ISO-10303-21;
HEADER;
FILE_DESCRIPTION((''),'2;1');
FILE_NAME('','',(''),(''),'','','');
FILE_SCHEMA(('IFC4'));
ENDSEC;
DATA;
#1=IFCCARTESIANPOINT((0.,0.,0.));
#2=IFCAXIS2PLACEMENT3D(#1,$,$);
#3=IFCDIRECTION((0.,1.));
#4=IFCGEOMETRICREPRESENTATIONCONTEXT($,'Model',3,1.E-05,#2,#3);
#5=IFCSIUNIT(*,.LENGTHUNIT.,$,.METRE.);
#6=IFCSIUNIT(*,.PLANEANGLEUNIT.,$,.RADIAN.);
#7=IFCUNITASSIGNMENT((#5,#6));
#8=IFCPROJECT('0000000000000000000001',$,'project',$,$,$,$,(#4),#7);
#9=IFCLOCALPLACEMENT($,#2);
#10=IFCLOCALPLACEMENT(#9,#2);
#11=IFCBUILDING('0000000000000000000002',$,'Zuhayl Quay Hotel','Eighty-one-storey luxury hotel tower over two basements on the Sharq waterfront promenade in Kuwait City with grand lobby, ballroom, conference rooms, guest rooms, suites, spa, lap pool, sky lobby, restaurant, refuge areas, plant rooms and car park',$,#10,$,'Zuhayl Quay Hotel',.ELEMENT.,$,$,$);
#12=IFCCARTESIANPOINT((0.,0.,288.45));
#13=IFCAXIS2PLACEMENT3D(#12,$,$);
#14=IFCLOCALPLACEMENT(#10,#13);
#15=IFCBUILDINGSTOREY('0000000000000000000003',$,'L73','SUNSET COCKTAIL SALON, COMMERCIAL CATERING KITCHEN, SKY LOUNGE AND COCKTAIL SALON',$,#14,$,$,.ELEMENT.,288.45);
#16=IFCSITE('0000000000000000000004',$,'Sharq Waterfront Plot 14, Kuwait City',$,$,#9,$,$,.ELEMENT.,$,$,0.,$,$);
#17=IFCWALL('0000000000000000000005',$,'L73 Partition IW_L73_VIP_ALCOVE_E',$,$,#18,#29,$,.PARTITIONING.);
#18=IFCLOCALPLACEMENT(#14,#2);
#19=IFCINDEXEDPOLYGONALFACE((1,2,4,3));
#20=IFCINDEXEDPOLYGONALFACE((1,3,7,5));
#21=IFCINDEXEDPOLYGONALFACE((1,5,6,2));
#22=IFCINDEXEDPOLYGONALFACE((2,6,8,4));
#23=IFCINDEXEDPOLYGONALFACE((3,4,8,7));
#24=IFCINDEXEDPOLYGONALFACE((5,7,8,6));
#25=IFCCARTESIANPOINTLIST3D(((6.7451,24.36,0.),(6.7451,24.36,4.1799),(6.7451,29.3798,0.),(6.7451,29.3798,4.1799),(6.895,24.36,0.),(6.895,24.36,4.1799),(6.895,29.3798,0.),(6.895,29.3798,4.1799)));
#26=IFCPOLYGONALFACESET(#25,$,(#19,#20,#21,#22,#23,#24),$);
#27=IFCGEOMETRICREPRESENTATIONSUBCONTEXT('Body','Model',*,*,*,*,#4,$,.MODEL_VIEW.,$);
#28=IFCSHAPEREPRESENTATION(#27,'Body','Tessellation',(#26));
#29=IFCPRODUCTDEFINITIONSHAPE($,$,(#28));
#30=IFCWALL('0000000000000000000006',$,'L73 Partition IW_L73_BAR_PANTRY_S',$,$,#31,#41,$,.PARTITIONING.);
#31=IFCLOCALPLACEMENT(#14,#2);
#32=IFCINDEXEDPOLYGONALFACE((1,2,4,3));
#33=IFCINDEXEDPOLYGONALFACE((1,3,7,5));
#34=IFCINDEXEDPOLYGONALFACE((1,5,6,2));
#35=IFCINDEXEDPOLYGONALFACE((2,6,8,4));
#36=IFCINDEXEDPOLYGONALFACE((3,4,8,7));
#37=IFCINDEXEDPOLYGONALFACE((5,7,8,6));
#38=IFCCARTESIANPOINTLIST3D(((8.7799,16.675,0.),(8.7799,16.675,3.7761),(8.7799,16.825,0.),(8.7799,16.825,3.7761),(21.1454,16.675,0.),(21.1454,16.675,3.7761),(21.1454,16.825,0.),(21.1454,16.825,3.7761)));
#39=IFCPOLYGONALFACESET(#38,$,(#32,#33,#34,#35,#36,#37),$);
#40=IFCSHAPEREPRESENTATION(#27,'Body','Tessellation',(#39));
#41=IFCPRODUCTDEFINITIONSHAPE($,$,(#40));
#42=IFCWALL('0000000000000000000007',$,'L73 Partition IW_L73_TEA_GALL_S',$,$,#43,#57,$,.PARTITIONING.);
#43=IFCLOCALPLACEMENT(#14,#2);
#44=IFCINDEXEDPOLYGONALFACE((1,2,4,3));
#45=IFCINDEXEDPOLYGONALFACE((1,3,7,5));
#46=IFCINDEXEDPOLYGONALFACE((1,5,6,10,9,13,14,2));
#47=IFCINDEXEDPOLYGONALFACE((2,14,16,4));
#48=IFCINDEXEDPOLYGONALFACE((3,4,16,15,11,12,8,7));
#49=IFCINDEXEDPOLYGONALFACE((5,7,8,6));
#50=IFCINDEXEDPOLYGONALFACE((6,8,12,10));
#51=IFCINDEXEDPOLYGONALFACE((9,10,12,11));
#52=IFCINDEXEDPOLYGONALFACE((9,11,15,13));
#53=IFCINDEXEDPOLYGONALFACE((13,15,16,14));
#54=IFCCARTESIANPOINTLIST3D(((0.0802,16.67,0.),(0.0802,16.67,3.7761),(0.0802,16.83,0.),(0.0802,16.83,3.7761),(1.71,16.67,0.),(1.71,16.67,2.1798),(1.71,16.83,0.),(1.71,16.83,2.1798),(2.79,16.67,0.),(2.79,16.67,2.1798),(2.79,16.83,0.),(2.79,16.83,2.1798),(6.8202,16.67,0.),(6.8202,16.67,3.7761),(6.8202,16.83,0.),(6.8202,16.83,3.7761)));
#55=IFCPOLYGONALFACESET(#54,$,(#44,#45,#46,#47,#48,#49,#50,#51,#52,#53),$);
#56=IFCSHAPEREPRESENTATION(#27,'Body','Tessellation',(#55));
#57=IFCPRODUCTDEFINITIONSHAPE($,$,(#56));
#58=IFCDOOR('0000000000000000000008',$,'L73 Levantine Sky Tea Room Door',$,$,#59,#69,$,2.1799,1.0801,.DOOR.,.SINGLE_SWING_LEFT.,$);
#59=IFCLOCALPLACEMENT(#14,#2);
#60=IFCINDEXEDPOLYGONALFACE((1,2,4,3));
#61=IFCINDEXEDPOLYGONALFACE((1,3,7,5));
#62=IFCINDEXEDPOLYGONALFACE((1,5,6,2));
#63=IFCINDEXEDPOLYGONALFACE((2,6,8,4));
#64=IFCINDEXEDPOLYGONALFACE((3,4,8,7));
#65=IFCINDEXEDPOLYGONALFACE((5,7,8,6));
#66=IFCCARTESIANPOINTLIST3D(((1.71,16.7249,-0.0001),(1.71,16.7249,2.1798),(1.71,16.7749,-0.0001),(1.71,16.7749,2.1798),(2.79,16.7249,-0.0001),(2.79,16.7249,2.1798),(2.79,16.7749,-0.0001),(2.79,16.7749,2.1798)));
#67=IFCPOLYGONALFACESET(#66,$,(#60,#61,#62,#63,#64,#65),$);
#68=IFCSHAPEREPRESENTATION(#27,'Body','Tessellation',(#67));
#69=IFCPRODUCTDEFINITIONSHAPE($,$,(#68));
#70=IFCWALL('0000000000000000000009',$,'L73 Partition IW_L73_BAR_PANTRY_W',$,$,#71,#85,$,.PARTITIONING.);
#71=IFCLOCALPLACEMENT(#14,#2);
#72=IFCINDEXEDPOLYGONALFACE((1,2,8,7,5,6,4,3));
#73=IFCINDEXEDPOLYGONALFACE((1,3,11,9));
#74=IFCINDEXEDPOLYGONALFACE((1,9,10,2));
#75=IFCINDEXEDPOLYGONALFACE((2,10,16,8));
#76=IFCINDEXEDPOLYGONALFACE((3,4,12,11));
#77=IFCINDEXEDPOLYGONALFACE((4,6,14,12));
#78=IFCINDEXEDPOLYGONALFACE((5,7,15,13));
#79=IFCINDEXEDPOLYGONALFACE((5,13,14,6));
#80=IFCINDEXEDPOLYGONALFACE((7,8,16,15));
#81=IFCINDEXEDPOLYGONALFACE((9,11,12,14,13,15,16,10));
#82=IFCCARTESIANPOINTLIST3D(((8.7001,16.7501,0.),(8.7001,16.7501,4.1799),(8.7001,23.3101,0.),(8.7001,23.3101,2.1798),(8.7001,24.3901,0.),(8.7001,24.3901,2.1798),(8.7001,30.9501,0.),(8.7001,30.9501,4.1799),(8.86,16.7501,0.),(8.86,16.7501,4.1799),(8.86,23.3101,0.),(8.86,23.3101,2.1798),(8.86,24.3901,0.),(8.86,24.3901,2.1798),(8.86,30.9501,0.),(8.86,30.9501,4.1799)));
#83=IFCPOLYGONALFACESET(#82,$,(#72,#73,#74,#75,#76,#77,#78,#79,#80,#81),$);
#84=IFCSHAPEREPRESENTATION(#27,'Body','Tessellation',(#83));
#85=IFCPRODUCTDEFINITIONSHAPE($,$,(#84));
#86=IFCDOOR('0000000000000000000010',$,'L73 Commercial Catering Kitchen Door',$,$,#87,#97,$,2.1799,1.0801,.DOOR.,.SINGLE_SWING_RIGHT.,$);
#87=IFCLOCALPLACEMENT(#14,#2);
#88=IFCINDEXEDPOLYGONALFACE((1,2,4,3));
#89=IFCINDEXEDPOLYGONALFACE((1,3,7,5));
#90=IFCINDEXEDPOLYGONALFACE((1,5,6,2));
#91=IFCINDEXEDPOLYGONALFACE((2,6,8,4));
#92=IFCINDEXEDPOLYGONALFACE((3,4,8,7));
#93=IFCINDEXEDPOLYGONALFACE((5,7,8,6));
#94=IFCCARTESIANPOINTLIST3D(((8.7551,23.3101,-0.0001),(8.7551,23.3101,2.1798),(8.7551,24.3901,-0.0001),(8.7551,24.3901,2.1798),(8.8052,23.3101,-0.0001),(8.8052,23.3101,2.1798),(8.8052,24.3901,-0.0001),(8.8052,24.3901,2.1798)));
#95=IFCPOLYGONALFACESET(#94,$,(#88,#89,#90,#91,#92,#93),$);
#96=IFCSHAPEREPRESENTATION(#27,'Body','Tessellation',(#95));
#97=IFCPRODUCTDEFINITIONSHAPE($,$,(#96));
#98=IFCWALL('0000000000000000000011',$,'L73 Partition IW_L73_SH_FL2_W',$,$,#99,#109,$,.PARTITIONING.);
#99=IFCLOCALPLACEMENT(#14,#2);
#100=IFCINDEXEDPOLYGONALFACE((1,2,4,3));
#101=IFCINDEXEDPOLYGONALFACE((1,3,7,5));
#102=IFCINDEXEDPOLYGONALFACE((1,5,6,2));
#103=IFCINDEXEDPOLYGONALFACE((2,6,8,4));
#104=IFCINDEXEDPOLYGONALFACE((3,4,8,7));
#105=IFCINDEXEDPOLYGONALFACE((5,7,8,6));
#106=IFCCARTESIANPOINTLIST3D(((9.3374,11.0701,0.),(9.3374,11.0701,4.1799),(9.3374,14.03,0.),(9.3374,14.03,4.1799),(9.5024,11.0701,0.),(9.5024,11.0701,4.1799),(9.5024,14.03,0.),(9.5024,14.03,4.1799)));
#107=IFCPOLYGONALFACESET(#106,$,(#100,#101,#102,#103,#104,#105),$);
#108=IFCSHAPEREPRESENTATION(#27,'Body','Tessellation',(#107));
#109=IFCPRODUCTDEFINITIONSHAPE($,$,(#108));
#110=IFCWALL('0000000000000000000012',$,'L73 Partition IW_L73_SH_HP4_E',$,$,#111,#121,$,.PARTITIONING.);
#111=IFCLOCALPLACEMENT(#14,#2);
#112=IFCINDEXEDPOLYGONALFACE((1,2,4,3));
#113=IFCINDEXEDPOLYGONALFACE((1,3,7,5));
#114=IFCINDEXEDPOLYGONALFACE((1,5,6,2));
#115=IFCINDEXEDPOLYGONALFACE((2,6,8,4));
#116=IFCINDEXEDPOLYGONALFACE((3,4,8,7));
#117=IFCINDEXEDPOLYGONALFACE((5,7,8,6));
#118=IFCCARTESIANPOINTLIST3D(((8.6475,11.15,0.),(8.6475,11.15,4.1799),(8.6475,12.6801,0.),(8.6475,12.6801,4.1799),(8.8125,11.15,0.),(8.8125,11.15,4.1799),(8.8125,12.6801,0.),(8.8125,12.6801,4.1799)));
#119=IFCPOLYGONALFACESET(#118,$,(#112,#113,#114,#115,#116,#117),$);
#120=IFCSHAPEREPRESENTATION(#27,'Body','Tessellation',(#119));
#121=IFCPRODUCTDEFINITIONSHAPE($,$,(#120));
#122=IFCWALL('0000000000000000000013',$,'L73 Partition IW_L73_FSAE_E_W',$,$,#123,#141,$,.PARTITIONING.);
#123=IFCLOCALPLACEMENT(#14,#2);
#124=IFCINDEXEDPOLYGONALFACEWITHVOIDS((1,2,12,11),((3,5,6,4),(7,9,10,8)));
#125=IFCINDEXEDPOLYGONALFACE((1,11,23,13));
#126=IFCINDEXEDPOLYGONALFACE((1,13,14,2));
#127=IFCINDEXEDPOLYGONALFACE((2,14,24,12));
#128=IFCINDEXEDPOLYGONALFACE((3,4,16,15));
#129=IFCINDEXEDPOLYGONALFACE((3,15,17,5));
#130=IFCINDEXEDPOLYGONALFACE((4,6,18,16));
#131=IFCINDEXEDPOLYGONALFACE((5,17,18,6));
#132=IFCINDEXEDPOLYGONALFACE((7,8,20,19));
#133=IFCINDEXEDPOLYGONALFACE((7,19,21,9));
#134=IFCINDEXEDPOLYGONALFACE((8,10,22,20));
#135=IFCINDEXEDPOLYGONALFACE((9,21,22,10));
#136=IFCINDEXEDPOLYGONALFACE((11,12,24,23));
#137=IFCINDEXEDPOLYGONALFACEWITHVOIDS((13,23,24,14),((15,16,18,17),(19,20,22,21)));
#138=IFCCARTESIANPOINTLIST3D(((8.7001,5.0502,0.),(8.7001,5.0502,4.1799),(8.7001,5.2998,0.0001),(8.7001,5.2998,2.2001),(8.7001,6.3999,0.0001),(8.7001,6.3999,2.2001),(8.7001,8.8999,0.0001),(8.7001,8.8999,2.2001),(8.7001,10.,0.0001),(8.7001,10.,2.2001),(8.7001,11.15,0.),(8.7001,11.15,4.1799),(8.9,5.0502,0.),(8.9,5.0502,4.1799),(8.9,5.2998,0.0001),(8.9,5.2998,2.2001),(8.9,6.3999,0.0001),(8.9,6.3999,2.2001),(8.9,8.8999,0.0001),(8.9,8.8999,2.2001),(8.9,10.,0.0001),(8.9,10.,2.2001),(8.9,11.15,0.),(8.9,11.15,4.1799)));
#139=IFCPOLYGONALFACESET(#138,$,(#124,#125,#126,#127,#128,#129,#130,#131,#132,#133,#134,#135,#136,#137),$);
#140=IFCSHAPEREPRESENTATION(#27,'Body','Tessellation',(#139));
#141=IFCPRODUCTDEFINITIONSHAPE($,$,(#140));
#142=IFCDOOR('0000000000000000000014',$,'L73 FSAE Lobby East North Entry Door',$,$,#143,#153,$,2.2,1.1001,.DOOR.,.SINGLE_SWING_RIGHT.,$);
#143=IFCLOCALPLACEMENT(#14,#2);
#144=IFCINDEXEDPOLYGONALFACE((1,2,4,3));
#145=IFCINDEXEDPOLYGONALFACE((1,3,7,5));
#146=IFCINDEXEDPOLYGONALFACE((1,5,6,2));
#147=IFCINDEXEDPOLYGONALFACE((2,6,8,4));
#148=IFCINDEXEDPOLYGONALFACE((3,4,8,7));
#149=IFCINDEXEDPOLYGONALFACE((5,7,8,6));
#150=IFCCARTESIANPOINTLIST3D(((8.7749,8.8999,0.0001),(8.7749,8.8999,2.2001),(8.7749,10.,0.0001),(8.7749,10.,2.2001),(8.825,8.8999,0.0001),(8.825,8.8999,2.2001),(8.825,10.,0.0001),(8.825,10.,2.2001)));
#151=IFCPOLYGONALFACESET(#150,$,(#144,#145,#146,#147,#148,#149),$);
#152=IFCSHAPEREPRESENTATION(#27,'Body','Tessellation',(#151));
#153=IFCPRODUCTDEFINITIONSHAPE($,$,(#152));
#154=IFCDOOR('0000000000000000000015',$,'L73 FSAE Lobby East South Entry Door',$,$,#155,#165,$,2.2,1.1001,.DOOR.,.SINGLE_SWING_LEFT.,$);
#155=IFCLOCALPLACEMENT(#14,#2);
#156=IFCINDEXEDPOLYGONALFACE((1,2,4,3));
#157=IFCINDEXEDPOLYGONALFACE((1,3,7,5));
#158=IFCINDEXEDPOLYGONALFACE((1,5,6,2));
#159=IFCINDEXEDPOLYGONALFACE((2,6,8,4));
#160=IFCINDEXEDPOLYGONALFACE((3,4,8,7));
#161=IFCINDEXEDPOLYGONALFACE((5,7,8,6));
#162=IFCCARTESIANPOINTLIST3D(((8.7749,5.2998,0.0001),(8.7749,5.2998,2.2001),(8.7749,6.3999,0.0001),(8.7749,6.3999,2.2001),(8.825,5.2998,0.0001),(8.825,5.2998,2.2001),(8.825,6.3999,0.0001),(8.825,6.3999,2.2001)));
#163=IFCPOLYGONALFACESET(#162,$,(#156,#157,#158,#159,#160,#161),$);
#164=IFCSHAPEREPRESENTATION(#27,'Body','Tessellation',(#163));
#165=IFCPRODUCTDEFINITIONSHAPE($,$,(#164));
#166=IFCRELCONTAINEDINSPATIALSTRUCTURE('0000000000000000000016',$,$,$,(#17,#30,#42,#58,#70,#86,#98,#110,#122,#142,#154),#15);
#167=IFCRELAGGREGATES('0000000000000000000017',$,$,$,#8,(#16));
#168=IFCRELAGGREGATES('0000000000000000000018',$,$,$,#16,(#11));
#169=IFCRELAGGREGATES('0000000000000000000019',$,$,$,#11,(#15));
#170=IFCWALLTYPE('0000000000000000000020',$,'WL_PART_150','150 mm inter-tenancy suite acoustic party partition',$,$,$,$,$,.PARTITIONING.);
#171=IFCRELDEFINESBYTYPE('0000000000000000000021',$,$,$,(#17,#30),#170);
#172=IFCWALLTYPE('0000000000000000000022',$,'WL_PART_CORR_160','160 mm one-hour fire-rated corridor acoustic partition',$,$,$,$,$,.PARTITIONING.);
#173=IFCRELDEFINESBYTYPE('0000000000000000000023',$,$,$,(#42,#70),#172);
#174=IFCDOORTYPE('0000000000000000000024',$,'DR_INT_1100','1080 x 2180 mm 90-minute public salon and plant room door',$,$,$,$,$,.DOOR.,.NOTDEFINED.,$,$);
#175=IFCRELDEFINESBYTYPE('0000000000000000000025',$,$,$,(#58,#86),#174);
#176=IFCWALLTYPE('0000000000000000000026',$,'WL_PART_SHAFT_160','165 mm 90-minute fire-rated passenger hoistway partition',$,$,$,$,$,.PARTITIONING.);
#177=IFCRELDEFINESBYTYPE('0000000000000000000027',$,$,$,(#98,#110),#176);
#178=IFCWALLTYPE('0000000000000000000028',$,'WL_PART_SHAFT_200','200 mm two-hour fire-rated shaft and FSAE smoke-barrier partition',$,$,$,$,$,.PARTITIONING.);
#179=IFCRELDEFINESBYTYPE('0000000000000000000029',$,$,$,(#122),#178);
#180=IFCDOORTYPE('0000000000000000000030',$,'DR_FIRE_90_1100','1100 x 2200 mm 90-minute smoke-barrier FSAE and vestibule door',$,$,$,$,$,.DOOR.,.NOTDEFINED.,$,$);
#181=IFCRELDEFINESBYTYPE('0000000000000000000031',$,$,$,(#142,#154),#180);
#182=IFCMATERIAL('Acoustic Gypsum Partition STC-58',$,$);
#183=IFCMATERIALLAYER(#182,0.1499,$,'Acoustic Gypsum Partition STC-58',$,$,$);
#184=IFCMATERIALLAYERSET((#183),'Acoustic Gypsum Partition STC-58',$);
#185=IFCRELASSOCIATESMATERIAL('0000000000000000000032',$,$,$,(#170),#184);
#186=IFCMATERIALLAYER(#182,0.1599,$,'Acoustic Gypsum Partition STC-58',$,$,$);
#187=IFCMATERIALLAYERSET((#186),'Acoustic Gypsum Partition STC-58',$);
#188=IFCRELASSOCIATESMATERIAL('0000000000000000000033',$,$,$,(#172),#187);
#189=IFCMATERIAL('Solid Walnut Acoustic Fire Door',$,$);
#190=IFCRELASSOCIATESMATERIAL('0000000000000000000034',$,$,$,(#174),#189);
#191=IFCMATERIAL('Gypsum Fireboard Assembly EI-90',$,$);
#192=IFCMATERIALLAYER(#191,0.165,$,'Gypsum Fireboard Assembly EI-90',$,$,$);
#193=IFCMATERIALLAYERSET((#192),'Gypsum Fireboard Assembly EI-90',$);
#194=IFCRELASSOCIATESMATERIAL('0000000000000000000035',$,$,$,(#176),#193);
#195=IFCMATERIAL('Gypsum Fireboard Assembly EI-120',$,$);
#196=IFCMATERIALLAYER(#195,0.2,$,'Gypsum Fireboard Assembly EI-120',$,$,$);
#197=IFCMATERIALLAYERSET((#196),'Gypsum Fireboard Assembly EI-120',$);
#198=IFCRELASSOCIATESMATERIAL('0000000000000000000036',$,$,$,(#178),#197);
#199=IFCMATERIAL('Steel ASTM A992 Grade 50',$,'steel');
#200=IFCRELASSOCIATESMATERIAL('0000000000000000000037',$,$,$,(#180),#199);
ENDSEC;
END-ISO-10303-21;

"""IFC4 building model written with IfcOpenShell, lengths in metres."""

from ifc_helpers import new_model, si_unit, direction, frame, frame_2d, origin, place, context, subcontext, project, spatial, rectangle, extrude, material, layer, layer_set, type_object, element, fill, save


model = new_model("IFC4")

# Units and contexts
model_context = context("Model", 3, precision=1e-05, world=origin(), true_north=direction((0.0, 1.0)))
body_context = subcontext(model_context, "Body", "Model", "MODEL_VIEW")
ifc_project = project(units=[si_unit("LENGTHUNIT", "METRE"), si_unit("PLANEANGLEUNIT", "RADIAN")], contexts=[model_context])

# Site, building, storey
site_placement = place(None, origin())
site = spatial("IfcSite", under=ifc_project, at=site_placement, Name="Sharq Waterfront Plot 14, Kuwait City", CompositionType="ELEMENT", RefElevation=0.0)
building_placement = place(site_placement, origin())
building = spatial("IfcBuilding", under=site, at=building_placement, Name="Zuhayl Quay Hotel", Description="Eighty-one-storey luxury hotel tower over two basements on the Sharq waterfront promenade in Kuwait City with grand lobby, ballroom, conference rooms, guest rooms, suites, spa, lap pool, sky lobby, restaurant, refuge areas, plant rooms and car park", LongName="Zuhayl Quay Hotel", CompositionType="ELEMENT")
storey_placement = place(building_placement, frame((0.0, 0.0, 288.45)))
storey = spatial("IfcBuildingStorey", under=building, at=storey_placement, Name="L73", Description="SUNSET COCKTAIL SALON, COMMERCIAL CATERING KITCHEN, SKY LOUNGE AND COCKTAIL SALON", CompositionType="ELEMENT", Elevation=288.45)

# Shared definitions
ifc_material_1 = material(Name="Steel ASTM A992 Grade 50", Category="steel")

# Walls
ifc_material_2 = material(Name="Acoustic Gypsum Partition STC-58")
ifc_layer_1 = layer(ifc_material_2, 0.1499, Name="Acoustic Gypsum Partition STC-58")
ifc_layer_set_1 = layer_set([ifc_layer_1], Name="Acoustic Gypsum Partition STC-58")
wall_type_1 = type_object("IfcWallType", Name="WL_PART_150", Description="150 mm inter-tenancy suite acoustic party partition", PredefinedType="PARTITIONING", material=ifc_layer_set_1)
wall_1_placement = place(storey_placement, frame((6.8201, 24.3601, 0.0), z_axis=(0.0, 0.0, 1.0), x_axis=(0.0, 1.0, 0.0)))
element("IfcWall", 1, at=wall_1_placement, inside=storey, type_object=wall_type_1, Name="L73 Partition IW_L73_VIP_ALCOVE_E", PredefinedType="PARTITIONING", context=body_context, shape_type="SweptSolid", body=[
    extrude(rectangle(XDim=5.0198, YDim=0.1499, at=frame_2d((2.5098, 0.0))), origin(), (0.0, 0.0, 1.0), 4.1799),
])
wall_2_placement = place(storey_placement, frame((8.78, 16.75, 0.0), z_axis=(0.0, 0.0, 1.0), x_axis=(1.0, 0.0, 0.0)))
element("IfcWall", 2, at=wall_2_placement, inside=storey, type_object=wall_type_1, Name="L73 Partition IW_L73_BAR_PANTRY_S", PredefinedType="PARTITIONING", context=body_context, shape_type="SweptSolid", body=[
    extrude(rectangle(XDim=12.3655, YDim=0.1499, at=frame_2d((6.1826, 0.0))), origin(), (0.0, 0.0, 1.0), 3.7761),
])

# Walls, openings, doors
ifc_layer_2 = layer(ifc_material_2, 0.1599, Name="Acoustic Gypsum Partition STC-58")
ifc_layer_set_2 = layer_set([ifc_layer_2], Name="Acoustic Gypsum Partition STC-58")
wall_type_2 = type_object("IfcWallType", Name="WL_PART_CORR_160", Description="160 mm one-hour fire-rated corridor acoustic partition", PredefinedType="PARTITIONING", material=ifc_layer_set_2)
wall_3_placement = place(storey_placement, frame((0.0801, 16.75, 0.0), z_axis=(0.0, 0.0, 1.0), x_axis=(1.0, 0.0, 0.0)))
wall_3 = element("IfcWall", 3, at=wall_3_placement, inside=storey, type_object=wall_type_2, Name="L73 Partition IW_L73_TEA_GALL_S", PredefinedType="PARTITIONING", context=body_context, shape_type="SweptSolid", body=[
    extrude(rectangle(XDim=6.74, YDim=0.1599, at=frame_2d((3.3701, 0.0))), origin(), (0.0, 0.0, 1.0), 3.7761),
])
opening_1_placement = place(wall_3_placement, frame((1.6299, 0.0, 0.0)))
opening_1 = element("IfcOpeningElement", 4, at=opening_1_placement, cuts=wall_3, PredefinedType="OPENING", context=body_context, shape_type="SweptSolid", body=[
    extrude(rectangle(XDim=1.0801, YDim=2.1799, at=frame_2d((0.54, 1.0898))), frame((0.0, 0.0898, 0.0), z_axis=(0.0, -1.0, 0.0), x_axis=(1.0, 0.0, 0.0)), (0.0, 0.0, 1.0), 0.1799),
])
ifc_material_3 = material(Name="Solid Walnut Acoustic Fire Door")
door_type_1 = type_object("IfcDoorType", Name="DR_INT_1100", Description="1080 x 2180 mm 90-minute public salon and plant room door", OperationType="NOTDEFINED", PredefinedType="DOOR", material=ifc_material_3)
door_1_placement = place(opening_1_placement, origin())
door_1 = element("IfcDoor", 5, at=door_1_placement, inside=storey, type_object=door_type_1, Name="L73 Levantine Sky Tea Room Door", OperationType="SINGLE_SWING_LEFT", OverallHeight=2.1799, OverallWidth=1.0801, PredefinedType="DOOR", context=body_context, shape_type="SweptSolid", body=[
    extrude(rectangle(XDim=1.0801, YDim=2.1799, at=frame_2d((0.54, 1.0898))), frame((0.0, 0.0249, 0.0), z_axis=(0.0, -1.0, 0.0), x_axis=(1.0, 0.0, 0.0)), (0.0, 0.0, 1.0), 0.05),
])
fill(opening_1, door_1)
wall_4_placement = place(storey_placement, frame((8.78, 16.75, 0.0), z_axis=(0.0, 0.0, 1.0), x_axis=(0.0, 1.0, 0.0)))
wall_4 = element("IfcWall", 6, at=wall_4_placement, inside=storey, type_object=wall_type_2, Name="L73 Partition IW_L73_BAR_PANTRY_W", PredefinedType="PARTITIONING", context=body_context, shape_type="SweptSolid", body=[
    extrude(rectangle(XDim=14.2, YDim=0.1599, at=frame_2d((7.1001, 0.0))), origin(), (0.0, 0.0, 1.0), 4.1799),
])
opening_2_placement = place(wall_4_placement, frame((6.5601, 0.0, 0.0)))
opening_2 = element("IfcOpeningElement", 7, at=opening_2_placement, cuts=wall_4, PredefinedType="OPENING", context=body_context, shape_type="SweptSolid", body=[
    extrude(rectangle(XDim=1.0801, YDim=2.1799, at=frame_2d((0.54, 1.0898))), frame((0.0, 0.0898, 0.0), z_axis=(0.0, -1.0, 0.0), x_axis=(1.0, 0.0, 0.0)), (0.0, 0.0, 1.0), 0.1799),
])
door_2_placement = place(opening_2_placement, origin())
door_2 = element("IfcDoor", 8, at=door_2_placement, inside=storey, type_object=door_type_1, Name="L73 Commercial Catering Kitchen Door", OperationType="SINGLE_SWING_RIGHT", OverallHeight=2.1799, OverallWidth=1.0801, PredefinedType="DOOR", context=body_context, shape_type="SweptSolid", body=[
    extrude(rectangle(XDim=1.0801, YDim=2.1799, at=frame_2d((0.54, 1.0898))), frame((0.0, 0.0249, 0.0), z_axis=(0.0, -1.0, 0.0), x_axis=(1.0, 0.0, 0.0)), (0.0, 0.0, 1.0), 0.05),
])
fill(opening_2, door_2)

# Walls
ifc_material_4 = material(Name="Gypsum Fireboard Assembly EI-90")
ifc_layer_3 = layer(ifc_material_4, 0.165, Name="Gypsum Fireboard Assembly EI-90")
ifc_layer_set_3 = layer_set([ifc_layer_3], Name="Gypsum Fireboard Assembly EI-90")
wall_type_3 = type_object("IfcWallType", Name="WL_PART_SHAFT_160", Description="165 mm 90-minute fire-rated passenger hoistway partition", PredefinedType="PARTITIONING", material=ifc_layer_set_3)
wall_5_placement = place(storey_placement, frame((9.4199, 11.0701, 0.0), z_axis=(0.0, 0.0, 1.0), x_axis=(0.0, 1.0, 0.0)))
element("IfcWall", 9, at=wall_5_placement, inside=storey, type_object=wall_type_3, Name="L73 Partition IW_L73_SH_FL2_W", PredefinedType="PARTITIONING", context=body_context, shape_type="SweptSolid", body=[
    extrude(rectangle(XDim=2.96, YDim=0.165, at=frame_2d((1.48, 0.0))), origin(), (0.0, 0.0, 1.0), 4.1799),
])
wall_6_placement = place(storey_placement, frame((8.73, 11.1499, 0.0), z_axis=(0.0, 0.0, 1.0), x_axis=(0.0, 1.0, 0.0)))
element("IfcWall", 10, at=wall_6_placement, inside=storey, type_object=wall_type_3, Name="L73 Partition IW_L73_SH_HP4_E", PredefinedType="PARTITIONING", context=body_context, shape_type="SweptSolid", body=[
    extrude(rectangle(XDim=1.53, YDim=0.165, at=frame_2d((0.7651, 0.0))), origin(), (0.0, 0.0, 1.0), 4.1799),
])

# Wall, openings, doors
ifc_material_5 = material(Name="Gypsum Fireboard Assembly EI-120")
ifc_layer_4 = layer(ifc_material_5, 0.2, Name="Gypsum Fireboard Assembly EI-120")
ifc_layer_set_4 = layer_set([ifc_layer_4], Name="Gypsum Fireboard Assembly EI-120")
wall_type_4 = type_object("IfcWallType", Name="WL_PART_SHAFT_200", Description="200 mm two-hour fire-rated shaft and FSAE smoke-barrier partition", PredefinedType="PARTITIONING", material=ifc_layer_set_4)
wall_7_placement = place(storey_placement, frame((8.8, 11.1499, 0.0), z_axis=(0.0, 0.0, 1.0), x_axis=(0.0, -1.0, 0.0)))
wall_7 = element("IfcWall", 11, at=wall_7_placement, inside=storey, type_object=wall_type_4, Name="L73 Partition IW_L73_FSAE_E_W", PredefinedType="PARTITIONING", context=body_context, shape_type="SweptSolid", body=[
    extrude(rectangle(XDim=6.0999, YDim=0.2, at=frame_2d((3.0498, 0.0))), origin(), (0.0, 0.0, 1.0), 4.1799),
])
opening_3_placement = place(wall_7_placement, frame((1.1499, 0.0, 0.0)))
opening_3 = element("IfcOpeningElement", 12, at=opening_3_placement, cuts=wall_7, PredefinedType="OPENING", context=body_context, shape_type="SweptSolid", body=[
    extrude(rectangle(XDim=1.1001, YDim=2.2, at=frame_2d((0.55, 1.1001))), frame((0.0, 0.1099, 0.0), z_axis=(0.0, -1.0, 0.0), x_axis=(1.0, 0.0, 0.0)), (0.0, 0.0, 1.0), 0.22),
])
opening_4_placement = place(wall_7_placement, frame((4.75, 0.0, 0.0)))
opening_4 = element("IfcOpeningElement", 13, at=opening_4_placement, cuts=wall_7, PredefinedType="OPENING", context=body_context, shape_type="SweptSolid", body=[
    extrude(rectangle(XDim=1.1001, YDim=2.2, at=frame_2d((0.55, 1.1001))), frame((0.0, 0.1099, 0.0), z_axis=(0.0, -1.0, 0.0), x_axis=(1.0, 0.0, 0.0)), (0.0, 0.0, 1.0), 0.22),
])
door_type_2 = type_object("IfcDoorType", Name="DR_FIRE_90_1100", Description="1100 x 2200 mm 90-minute smoke-barrier FSAE and vestibule door", OperationType="NOTDEFINED", PredefinedType="DOOR", material=ifc_material_1)
door_3_placement = place(opening_3_placement, origin())
door_3 = element("IfcDoor", 14, at=door_3_placement, inside=storey, type_object=door_type_2, Name="L73 FSAE Lobby East North Entry Door", OperationType="SINGLE_SWING_RIGHT", OverallHeight=2.2, OverallWidth=1.1001, PredefinedType="DOOR", context=body_context, shape_type="SweptSolid", body=[
    extrude(rectangle(XDim=1.1001, YDim=2.2, at=frame_2d((0.55, 1.1001))), frame((0.0, 0.0249, 0.0), z_axis=(0.0, -1.0, 0.0), x_axis=(1.0, 0.0, 0.0)), (0.0, 0.0, 1.0), 0.05),
])
fill(opening_3, door_3)
door_4_placement = place(opening_4_placement, origin())
door_4 = element("IfcDoor", 15, at=door_4_placement, inside=storey, type_object=door_type_2, Name="L73 FSAE Lobby East South Entry Door", OperationType="SINGLE_SWING_LEFT", OverallHeight=2.2, OverallWidth=1.1001, PredefinedType="DOOR", context=body_context, shape_type="SweptSolid", body=[
    extrude(rectangle(XDim=1.1001, YDim=2.2, at=frame_2d((0.55, 1.1001))), frame((0.0, 0.0249, 0.0), z_axis=(0.0, -1.0, 0.0), x_axis=(1.0, 0.0, 0.0)), (0.0, 0.0, 1.0), 0.05),
])
fill(opening_4, door_4)

save(model, "model.ifc")
